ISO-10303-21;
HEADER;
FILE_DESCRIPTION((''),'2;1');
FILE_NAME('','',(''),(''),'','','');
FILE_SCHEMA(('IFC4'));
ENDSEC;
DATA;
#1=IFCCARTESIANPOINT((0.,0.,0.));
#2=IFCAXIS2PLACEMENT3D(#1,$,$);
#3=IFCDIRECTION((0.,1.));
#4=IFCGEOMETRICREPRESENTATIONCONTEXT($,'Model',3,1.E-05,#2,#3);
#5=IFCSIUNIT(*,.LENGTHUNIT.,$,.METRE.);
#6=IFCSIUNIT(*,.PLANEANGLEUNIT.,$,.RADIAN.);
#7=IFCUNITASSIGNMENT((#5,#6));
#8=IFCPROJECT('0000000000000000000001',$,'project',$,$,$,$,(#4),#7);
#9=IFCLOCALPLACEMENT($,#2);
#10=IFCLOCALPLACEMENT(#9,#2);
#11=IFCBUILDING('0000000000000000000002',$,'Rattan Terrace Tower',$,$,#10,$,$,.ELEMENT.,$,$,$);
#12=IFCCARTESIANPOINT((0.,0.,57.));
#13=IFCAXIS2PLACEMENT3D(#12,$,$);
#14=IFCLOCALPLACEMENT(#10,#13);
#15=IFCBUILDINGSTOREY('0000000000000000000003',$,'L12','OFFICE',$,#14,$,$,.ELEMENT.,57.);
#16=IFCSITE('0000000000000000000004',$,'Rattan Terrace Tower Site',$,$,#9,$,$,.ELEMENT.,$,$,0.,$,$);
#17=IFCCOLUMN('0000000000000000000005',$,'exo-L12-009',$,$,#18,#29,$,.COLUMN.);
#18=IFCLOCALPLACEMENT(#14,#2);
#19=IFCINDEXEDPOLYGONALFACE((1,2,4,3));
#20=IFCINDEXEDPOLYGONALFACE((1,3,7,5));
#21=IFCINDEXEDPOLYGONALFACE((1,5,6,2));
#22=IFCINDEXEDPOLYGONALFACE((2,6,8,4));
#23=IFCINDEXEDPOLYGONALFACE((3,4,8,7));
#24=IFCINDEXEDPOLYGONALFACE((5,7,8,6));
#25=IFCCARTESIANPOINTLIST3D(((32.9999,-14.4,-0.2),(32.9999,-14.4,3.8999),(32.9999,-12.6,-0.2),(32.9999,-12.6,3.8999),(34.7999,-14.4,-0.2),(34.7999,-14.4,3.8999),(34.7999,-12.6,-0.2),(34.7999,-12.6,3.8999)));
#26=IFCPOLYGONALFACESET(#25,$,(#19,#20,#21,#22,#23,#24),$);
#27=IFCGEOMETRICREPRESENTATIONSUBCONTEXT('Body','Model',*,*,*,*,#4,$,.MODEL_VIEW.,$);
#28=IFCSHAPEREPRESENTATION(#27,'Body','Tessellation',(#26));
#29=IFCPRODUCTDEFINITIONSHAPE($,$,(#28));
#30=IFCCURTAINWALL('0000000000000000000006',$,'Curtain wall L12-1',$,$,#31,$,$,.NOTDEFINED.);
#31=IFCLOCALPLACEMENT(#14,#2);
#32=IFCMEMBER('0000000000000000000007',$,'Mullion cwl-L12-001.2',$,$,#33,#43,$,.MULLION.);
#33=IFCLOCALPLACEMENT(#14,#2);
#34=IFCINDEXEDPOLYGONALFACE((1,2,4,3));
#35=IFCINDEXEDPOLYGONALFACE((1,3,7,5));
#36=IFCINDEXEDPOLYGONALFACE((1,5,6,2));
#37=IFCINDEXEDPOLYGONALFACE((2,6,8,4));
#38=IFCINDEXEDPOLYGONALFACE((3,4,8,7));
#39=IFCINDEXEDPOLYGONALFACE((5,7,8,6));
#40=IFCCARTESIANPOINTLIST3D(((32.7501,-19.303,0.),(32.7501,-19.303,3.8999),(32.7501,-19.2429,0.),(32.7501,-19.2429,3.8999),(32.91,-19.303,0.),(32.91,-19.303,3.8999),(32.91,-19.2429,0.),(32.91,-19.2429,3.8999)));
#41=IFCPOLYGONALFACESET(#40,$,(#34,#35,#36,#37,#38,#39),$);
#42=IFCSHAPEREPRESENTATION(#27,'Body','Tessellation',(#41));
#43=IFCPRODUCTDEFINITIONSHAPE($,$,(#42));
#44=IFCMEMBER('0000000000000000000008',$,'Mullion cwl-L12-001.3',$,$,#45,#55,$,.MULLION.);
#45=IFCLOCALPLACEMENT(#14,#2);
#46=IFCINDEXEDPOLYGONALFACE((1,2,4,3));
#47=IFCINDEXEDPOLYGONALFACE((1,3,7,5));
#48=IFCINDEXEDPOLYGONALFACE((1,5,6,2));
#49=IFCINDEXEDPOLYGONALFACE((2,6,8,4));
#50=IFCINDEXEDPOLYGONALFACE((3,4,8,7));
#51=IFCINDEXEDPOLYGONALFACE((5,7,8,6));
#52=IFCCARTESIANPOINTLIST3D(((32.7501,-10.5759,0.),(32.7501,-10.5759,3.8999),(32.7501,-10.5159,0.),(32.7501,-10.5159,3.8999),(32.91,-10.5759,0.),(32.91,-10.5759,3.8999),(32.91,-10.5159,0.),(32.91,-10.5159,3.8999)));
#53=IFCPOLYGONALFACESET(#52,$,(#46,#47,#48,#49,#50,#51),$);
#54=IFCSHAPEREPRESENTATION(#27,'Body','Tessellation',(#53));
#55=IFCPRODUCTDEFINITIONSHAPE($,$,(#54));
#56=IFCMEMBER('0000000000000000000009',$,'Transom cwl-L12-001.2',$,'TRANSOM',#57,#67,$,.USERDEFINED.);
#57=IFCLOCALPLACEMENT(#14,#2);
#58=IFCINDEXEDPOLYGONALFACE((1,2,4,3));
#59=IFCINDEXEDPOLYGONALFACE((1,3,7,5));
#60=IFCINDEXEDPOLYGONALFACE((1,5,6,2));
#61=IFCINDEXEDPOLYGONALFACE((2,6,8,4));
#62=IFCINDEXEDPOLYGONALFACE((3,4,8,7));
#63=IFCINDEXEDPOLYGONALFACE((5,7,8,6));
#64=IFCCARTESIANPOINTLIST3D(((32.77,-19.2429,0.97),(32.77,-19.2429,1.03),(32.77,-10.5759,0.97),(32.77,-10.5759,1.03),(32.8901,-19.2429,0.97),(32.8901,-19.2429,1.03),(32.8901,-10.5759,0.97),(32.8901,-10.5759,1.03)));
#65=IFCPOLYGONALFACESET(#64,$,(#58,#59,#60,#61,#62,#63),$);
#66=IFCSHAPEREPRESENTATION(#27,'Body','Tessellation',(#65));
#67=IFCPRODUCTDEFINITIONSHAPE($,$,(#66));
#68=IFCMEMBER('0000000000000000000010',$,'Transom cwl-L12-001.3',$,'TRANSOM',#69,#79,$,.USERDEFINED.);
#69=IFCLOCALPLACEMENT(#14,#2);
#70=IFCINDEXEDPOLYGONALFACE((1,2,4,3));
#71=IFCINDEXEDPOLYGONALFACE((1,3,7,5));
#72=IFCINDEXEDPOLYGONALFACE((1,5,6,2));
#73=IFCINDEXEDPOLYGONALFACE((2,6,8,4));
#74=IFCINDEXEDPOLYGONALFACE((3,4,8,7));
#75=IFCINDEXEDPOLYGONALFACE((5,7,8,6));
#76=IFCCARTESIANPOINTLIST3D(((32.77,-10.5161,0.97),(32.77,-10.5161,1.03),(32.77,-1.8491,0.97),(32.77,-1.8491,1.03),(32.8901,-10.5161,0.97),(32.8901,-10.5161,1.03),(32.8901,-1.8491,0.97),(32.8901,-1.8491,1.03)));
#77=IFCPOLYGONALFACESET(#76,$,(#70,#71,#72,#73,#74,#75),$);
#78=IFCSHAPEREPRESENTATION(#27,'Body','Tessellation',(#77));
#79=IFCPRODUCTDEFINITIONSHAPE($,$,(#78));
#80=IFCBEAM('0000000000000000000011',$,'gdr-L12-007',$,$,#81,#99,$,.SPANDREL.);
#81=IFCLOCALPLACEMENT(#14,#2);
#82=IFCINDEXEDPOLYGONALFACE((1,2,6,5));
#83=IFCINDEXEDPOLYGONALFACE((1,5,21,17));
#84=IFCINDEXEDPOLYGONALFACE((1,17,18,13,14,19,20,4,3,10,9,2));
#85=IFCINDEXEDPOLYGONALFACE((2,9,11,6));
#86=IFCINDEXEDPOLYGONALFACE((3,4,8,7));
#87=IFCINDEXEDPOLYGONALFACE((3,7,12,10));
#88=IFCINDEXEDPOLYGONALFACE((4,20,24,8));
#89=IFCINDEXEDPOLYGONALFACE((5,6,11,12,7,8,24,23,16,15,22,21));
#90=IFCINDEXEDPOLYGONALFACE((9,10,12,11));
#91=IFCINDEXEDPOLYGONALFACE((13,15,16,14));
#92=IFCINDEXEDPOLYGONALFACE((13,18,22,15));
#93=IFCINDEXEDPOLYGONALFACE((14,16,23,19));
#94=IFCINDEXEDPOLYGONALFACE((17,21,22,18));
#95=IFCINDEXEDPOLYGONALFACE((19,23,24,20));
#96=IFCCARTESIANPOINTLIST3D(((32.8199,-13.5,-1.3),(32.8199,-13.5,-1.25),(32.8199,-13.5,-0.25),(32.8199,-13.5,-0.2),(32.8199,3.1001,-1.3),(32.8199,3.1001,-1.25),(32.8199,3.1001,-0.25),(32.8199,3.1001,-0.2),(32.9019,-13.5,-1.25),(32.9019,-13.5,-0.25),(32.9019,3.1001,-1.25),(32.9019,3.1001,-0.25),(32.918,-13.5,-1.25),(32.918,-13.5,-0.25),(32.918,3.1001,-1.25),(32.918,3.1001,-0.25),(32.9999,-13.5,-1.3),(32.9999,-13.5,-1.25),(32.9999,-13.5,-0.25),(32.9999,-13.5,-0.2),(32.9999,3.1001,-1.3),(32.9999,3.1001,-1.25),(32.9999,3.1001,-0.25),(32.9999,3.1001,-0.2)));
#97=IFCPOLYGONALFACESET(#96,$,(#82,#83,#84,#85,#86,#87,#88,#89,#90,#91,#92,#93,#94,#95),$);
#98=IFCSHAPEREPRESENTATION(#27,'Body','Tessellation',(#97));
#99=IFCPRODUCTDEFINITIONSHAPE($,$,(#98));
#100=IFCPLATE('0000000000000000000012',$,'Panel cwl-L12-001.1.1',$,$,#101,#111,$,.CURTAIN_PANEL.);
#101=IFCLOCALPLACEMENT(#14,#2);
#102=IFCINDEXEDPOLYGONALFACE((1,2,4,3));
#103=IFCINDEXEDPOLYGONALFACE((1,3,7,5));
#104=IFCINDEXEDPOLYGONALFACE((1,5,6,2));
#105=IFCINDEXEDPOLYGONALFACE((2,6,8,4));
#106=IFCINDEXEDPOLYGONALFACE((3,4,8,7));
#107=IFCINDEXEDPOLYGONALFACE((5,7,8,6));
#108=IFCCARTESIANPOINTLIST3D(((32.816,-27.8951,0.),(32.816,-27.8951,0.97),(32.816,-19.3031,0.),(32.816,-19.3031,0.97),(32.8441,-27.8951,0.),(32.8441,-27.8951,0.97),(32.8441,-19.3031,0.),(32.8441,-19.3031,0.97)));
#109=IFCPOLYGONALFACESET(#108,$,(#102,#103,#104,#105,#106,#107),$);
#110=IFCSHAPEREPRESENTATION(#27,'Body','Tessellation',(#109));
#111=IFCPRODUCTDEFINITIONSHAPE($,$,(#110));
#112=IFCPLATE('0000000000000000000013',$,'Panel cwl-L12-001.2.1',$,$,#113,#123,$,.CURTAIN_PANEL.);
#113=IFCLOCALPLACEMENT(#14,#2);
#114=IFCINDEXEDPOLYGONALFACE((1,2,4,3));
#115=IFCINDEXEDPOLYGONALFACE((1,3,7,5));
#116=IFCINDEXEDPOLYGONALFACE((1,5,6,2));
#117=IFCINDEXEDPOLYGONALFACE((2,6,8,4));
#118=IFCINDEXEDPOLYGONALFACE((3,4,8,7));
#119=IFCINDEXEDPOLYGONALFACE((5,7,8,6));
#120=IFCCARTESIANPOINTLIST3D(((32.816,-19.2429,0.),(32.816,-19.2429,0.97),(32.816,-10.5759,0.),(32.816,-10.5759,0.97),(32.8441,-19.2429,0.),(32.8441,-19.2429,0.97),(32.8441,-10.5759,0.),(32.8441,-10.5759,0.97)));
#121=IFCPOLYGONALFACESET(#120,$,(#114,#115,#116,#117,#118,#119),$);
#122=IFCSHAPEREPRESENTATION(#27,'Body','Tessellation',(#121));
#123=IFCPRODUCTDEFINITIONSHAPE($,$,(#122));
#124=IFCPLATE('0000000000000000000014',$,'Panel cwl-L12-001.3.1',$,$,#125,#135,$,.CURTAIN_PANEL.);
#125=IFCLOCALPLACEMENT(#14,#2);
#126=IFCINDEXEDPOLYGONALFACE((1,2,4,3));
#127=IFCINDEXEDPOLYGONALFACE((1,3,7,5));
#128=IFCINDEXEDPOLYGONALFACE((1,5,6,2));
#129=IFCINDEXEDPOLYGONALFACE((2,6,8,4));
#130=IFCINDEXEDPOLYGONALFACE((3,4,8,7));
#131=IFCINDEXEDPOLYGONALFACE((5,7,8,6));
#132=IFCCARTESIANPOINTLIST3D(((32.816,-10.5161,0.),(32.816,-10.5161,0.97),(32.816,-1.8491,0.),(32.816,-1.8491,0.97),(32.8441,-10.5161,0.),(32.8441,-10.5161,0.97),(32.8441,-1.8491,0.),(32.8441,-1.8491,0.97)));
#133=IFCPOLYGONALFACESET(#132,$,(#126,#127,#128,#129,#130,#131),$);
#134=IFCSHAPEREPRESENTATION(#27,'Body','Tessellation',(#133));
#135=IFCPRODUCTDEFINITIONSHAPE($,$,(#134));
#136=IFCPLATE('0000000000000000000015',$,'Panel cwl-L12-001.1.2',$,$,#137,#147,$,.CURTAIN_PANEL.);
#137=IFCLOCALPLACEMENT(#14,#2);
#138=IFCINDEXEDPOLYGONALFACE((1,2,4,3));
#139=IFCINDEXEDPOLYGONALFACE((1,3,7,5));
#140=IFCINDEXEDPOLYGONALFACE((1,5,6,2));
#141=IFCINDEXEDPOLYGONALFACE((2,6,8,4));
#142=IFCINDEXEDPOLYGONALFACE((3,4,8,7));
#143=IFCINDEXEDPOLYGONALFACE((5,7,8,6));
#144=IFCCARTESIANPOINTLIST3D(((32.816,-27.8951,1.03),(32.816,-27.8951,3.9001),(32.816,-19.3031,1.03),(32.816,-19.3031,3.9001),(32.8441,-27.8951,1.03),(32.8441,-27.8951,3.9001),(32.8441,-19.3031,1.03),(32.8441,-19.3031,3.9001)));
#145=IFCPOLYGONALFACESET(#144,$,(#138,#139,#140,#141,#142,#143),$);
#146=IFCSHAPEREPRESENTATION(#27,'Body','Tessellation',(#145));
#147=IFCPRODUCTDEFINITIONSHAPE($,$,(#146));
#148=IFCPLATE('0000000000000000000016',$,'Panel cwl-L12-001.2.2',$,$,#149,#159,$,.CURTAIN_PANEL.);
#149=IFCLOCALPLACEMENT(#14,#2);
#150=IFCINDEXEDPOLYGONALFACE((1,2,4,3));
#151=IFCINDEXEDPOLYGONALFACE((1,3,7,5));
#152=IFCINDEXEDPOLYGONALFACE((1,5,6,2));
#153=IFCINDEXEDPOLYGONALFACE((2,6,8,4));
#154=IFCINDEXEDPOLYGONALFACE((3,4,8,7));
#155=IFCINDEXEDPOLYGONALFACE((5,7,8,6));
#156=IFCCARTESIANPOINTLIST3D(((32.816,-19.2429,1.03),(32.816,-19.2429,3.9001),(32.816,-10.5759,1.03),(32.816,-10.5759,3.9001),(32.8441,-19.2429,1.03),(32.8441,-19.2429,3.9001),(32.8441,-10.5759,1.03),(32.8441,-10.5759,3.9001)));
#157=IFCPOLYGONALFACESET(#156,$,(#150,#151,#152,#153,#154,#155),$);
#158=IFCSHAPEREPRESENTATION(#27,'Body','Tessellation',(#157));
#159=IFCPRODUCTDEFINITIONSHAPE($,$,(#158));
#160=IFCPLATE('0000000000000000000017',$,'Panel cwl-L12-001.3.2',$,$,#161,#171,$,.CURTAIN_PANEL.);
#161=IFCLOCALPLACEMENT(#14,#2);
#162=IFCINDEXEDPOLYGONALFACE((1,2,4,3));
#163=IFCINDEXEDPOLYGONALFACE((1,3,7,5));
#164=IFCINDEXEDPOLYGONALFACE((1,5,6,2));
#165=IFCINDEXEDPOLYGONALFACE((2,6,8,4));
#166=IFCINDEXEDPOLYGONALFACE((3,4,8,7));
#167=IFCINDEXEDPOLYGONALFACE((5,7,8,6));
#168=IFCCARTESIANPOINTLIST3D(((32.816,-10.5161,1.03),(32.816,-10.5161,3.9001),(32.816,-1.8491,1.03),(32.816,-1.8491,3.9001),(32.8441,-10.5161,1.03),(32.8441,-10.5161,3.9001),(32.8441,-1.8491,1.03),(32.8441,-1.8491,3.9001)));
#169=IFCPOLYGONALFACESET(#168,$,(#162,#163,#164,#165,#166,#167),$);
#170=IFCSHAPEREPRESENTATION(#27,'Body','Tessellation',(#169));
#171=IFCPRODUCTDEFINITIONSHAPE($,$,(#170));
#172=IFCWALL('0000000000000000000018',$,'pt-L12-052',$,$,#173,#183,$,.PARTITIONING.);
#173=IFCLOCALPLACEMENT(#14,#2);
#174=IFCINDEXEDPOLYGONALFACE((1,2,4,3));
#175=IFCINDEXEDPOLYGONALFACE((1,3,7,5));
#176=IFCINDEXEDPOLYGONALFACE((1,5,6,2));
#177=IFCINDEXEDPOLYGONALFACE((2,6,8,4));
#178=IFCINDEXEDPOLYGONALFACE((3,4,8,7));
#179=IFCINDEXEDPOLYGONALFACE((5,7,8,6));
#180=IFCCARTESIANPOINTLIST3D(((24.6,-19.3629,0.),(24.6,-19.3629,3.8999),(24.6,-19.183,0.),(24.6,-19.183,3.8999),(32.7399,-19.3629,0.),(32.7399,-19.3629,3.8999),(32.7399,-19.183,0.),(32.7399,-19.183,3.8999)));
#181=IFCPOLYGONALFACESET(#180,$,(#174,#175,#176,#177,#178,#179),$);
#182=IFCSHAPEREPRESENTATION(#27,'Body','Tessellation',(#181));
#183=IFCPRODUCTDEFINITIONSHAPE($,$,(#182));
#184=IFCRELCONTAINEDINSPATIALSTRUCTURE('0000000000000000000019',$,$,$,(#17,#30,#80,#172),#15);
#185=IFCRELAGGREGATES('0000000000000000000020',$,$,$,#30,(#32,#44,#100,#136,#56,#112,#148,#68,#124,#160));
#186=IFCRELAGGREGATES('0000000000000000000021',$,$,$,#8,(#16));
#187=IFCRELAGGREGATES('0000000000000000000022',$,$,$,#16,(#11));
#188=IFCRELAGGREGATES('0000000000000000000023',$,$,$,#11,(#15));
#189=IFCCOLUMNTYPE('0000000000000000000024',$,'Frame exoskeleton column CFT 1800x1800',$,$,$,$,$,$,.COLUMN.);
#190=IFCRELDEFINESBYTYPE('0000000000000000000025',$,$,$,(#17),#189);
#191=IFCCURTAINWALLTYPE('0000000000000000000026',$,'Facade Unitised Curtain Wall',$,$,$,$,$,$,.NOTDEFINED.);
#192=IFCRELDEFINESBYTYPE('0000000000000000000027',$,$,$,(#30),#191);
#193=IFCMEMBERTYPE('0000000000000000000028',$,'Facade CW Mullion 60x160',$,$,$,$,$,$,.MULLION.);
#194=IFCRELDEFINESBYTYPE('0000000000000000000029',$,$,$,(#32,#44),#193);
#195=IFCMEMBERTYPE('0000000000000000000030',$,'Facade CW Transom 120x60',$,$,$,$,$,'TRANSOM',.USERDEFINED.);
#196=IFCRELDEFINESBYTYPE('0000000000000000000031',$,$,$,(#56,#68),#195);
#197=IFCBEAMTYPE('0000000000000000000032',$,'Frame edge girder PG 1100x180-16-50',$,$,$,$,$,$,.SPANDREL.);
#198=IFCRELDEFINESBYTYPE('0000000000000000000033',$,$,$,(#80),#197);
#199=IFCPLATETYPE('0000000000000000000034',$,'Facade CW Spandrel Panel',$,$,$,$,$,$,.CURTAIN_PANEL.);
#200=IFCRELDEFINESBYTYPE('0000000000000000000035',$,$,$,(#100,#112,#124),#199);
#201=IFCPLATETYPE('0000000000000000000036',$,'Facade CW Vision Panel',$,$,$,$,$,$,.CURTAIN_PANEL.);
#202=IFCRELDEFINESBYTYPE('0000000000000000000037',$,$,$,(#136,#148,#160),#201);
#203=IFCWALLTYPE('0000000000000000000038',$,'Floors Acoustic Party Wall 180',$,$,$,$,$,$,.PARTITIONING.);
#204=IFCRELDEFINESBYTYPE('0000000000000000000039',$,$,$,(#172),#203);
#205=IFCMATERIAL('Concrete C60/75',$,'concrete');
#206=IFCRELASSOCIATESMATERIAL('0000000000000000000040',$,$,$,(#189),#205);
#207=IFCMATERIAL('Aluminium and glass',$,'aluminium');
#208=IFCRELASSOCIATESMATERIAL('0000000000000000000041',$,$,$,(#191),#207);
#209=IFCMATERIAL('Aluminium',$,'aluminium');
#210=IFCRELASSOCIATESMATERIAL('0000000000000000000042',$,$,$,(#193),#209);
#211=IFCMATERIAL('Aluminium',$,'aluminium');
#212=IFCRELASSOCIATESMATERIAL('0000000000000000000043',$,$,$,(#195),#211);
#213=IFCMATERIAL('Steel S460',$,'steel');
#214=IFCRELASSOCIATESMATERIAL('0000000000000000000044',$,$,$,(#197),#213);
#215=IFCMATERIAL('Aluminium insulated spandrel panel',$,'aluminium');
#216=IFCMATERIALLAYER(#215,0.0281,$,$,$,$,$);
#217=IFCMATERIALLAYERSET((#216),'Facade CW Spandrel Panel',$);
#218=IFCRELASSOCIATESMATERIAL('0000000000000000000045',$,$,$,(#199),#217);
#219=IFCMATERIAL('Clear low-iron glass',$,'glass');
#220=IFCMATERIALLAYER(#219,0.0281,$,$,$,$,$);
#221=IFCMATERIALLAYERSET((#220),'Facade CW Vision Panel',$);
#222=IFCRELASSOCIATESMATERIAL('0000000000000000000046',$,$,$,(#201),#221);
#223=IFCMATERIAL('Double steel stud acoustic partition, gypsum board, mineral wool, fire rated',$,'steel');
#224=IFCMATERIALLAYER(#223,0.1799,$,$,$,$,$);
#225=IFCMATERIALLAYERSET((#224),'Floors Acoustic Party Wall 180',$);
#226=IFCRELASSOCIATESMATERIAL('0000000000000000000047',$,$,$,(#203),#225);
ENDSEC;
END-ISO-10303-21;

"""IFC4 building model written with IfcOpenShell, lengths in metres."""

from ifc_helpers import new_model, si_unit, direction, frame, frame_2d, origin, origin_2d, place, context, subcontext, project, spatial, rectangle, i_section, extrude, material, layer, layer_set, material_profile, profile_set, type_object, element, aggregate, save


model = new_model("IFC4")

# Units and contexts
model_context = context("Model", 3, precision=1e-05, world=origin(), true_north=direction((0.0, 1.0)))
body_context = subcontext(model_context, "Body", "Model", "MODEL_VIEW")
ifc_project = project(units=[si_unit("LENGTHUNIT", "METRE"), si_unit("PLANEANGLEUNIT", "RADIAN")], contexts=[model_context])

# Site, building, storey
site_placement = place(None, origin())
site = spatial("IfcSite", under=ifc_project, at=site_placement, Name="Rattan Terrace Tower Site", CompositionType="ELEMENT", RefElevation=0.0)
building_placement = place(site_placement, origin())
building = spatial("IfcBuilding", under=site, at=building_placement, Name="Rattan Terrace Tower", CompositionType="ELEMENT")
storey_placement = place(building_placement, frame((0.0, 0.0, 57.0)))
storey = spatial("IfcBuildingStorey", under=building, at=storey_placement, Name="L12", Description="OFFICE", CompositionType="ELEMENT", Elevation=57.0)

# Column
ifc_material_1 = material(Name="Concrete C60/75", Category="concrete")
ifc_material_profile_1 = material_profile(ifc_material_1, rectangle(XDim=1.8, YDim=1.8, at=origin_2d()), Name="CFT 1800x1800")
ifc_profile_set_1 = profile_set([ifc_material_profile_1], Name="Concrete C60/75")
column_type = type_object("IfcColumnType", Name="Frame exoskeleton column CFT 1800x1800", PredefinedType="COLUMN", material=ifc_profile_set_1)
column_placement = place(storey_placement, frame((33.8999, -13.5, -0.2), z_axis=(0.0, 0.0, 1.0), x_axis=(0.0, 1.0, 0.0)))
element("IfcColumn", 1, at=column_placement, inside=storey, type_object=column_type, Name="exo-L12-009", PredefinedType="COLUMN", context=body_context, shape_type="SweptSolid", body=[
    extrude(rectangle(XDim=1.8, YDim=1.8, at=origin_2d()), origin(), (0.0, 0.0, 1.0), 4.0999),
])

# Curtain wall, members
ifc_material_2 = material(Name="Aluminium and glass", Category="aluminium")
curtain_wall_type = type_object("IfcCurtainWallType", Name="Facade Unitised Curtain Wall", PredefinedType="NOTDEFINED", material=ifc_material_2)
curtain_wall_placement = place(storey_placement, origin())
curtain_wall = element("IfcCurtainWall", 2, at=curtain_wall_placement, inside=storey, type_object=curtain_wall_type, Name="Curtain wall L12-1", PredefinedType="NOTDEFINED")
ifc_material_3 = material(Name="Aluminium", Category="aluminium")
ifc_material_profile_2 = material_profile(ifc_material_3, rectangle(XDim=0.0601, YDim=0.1599, at=origin_2d()), Name="Aluminium 60x160")
ifc_profile_set_2 = profile_set([ifc_material_profile_2], Name="Aluminium")
member_type_1 = type_object("IfcMemberType", Name="Facade CW Mullion 60x160", PredefinedType="MULLION", material=ifc_profile_set_2)
member_1_placement = place(storey_placement, frame((32.8301, -19.2729, 0.0), z_axis=(0.0, 0.0, 1.0), x_axis=(0.0, 1.0, 0.0)))
member_1 = element("IfcMember", 3, at=member_1_placement, type_object=member_type_1, Name="Mullion cwl-L12-001.2", PredefinedType="MULLION", context=body_context, shape_type="SweptSolid", body=[
    extrude(rectangle(XDim=0.0601, YDim=0.1599, at=origin_2d()), origin(), (0.0, 0.0, 1.0), 3.8999),
])
member_2_placement = place(storey_placement, frame((32.8301, -10.5459, 0.0), z_axis=(0.0, 0.0, 1.0), x_axis=(0.0, 1.0, 0.0)))
member_2 = element("IfcMember", 4, at=member_2_placement, type_object=member_type_1, Name="Mullion cwl-L12-001.3", PredefinedType="MULLION", context=body_context, shape_type="SweptSolid", body=[
    extrude(rectangle(XDim=0.0601, YDim=0.1599, at=origin_2d()), origin(), (0.0, 0.0, 1.0), 3.8999),
])
ifc_material_4 = material(Name="Aluminium", Category="aluminium")
ifc_material_profile_3 = material_profile(ifc_material_4, rectangle(XDim=0.1201, YDim=0.0601, at=origin_2d()), Name="Aluminium 120x60")
ifc_profile_set_3 = profile_set([ifc_material_profile_3], Name="Aluminium")
member_type_2 = type_object("IfcMemberType", Name="Facade CW Transom 120x60", ElementType="TRANSOM", PredefinedType="USERDEFINED", material=ifc_profile_set_3)
member_3_placement = place(storey_placement, frame((32.8301, -19.2429, 1.0), z_axis=(0.0, 1.0, 0.0), x_axis=(-1.0, 0.0, 0.0)))
member_3 = element("IfcMember", 5, at=member_3_placement, type_object=member_type_2, Name="Transom cwl-L12-001.2", ObjectType="TRANSOM", PredefinedType="USERDEFINED", context=body_context, shape_type="SweptSolid", body=[
    extrude(rectangle(XDim=0.1201, YDim=0.0601, at=origin_2d()), origin(), (0.0, 0.0, 1.0), 8.667),
])
member_4_placement = place(storey_placement, frame((32.8301, -10.5161, 1.0), z_axis=(0.0, 1.0, 0.0), x_axis=(-1.0, 0.0, 0.0)))
member_4 = element("IfcMember", 6, at=member_4_placement, type_object=member_type_2, Name="Transom cwl-L12-001.3", ObjectType="TRANSOM", PredefinedType="USERDEFINED", context=body_context, shape_type="SweptSolid", body=[
    extrude(rectangle(XDim=0.1201, YDim=0.0601, at=origin_2d()), origin(), (0.0, 0.0, 1.0), 8.667),
])

# Beam
ifc_material_5 = material(Name="Steel S460", Category="steel")
ifc_material_profile_4 = material_profile(ifc_material_5, i_section(OverallWidth=0.1799, OverallDepth=1.1001, WebThickness=0.0161, FlangeThickness=0.05, at=origin_2d()), Name="PG 1100x180-16-50")
ifc_profile_set_4 = profile_set([ifc_material_profile_4], Name="Steel S460")
beam_type = type_object("IfcBeamType", Name="Frame edge girder PG 1100x180-16-50", PredefinedType="SPANDREL", material=ifc_profile_set_4)
beam_placement = place(storey_placement, frame((32.9099, -13.5, -0.75), z_axis=(0.0, 1.0, 0.0), x_axis=(-1.0, 0.0, 0.0)))
element("IfcBeam", 7, at=beam_placement, inside=storey, type_object=beam_type, Name="gdr-L12-007", PredefinedType="SPANDREL", context=body_context, shape_type="SweptSolid", body=[
    extrude(i_section(OverallWidth=0.1799, OverallDepth=1.1001, WebThickness=0.0161, FlangeThickness=0.05, at=origin_2d()), origin(), (0.0, 0.0, 1.0), 16.6001),
])

# Plates
ifc_material_6 = material(Name="Aluminium insulated spandrel panel", Category="aluminium")
ifc_layer_1 = layer(ifc_material_6, 0.0281)
ifc_layer_set_1 = layer_set([ifc_layer_1], Name="Facade CW Spandrel Panel")
plate_type_1 = type_object("IfcPlateType", Name="Facade CW Spandrel Panel", PredefinedType="CURTAIN_PANEL", material=ifc_layer_set_1)
plate_1_placement = place(storey_placement, frame((32.8301, -23.5991, 0.0), z_axis=(0.0, 0.0, 1.0), x_axis=(0.0, 1.0, 0.0)))
plate_1 = element("IfcPlate", 8, at=plate_1_placement, type_object=plate_type_1, Name="Panel cwl-L12-001.1.1", PredefinedType="CURTAIN_PANEL", context=body_context, shape_type="SweptSolid", body=[
    extrude(rectangle(XDim=8.592, YDim=0.0281, at=origin_2d()), origin(), (0.0, 0.0, 1.0), 0.97),
])
plate_2_placement = place(storey_placement, frame((32.8301, -14.9094, 0.0), z_axis=(0.0, 0.0, 1.0), x_axis=(0.0, 1.0, 0.0)))
plate_2 = element("IfcPlate", 9, at=plate_2_placement, type_object=plate_type_1, Name="Panel cwl-L12-001.2.1", PredefinedType="CURTAIN_PANEL", context=body_context, shape_type="SweptSolid", body=[
    extrude(rectangle(XDim=8.667, YDim=0.0281, at=origin_2d()), origin(), (0.0, 0.0, 1.0), 0.97),
])
plate_3_placement = place(storey_placement, frame((32.8301, -6.1826, 0.0), z_axis=(0.0, 0.0, 1.0), x_axis=(0.0, 1.0, 0.0)))
plate_3 = element("IfcPlate", 10, at=plate_3_placement, type_object=plate_type_1, Name="Panel cwl-L12-001.3.1", PredefinedType="CURTAIN_PANEL", context=body_context, shape_type="SweptSolid", body=[
    extrude(rectangle(XDim=8.667, YDim=0.0281, at=origin_2d()), origin(), (0.0, 0.0, 1.0), 0.97),
])
ifc_material_7 = material(Name="Clear low-iron glass", Category="glass")
ifc_layer_2 = layer(ifc_material_7, 0.0281)
ifc_layer_set_2 = layer_set([ifc_layer_2], Name="Facade CW Vision Panel")
plate_type_2 = type_object("IfcPlateType", Name="Facade CW Vision Panel", PredefinedType="CURTAIN_PANEL", material=ifc_layer_set_2)
plate_4_placement = place(storey_placement, frame((32.8301, -23.5991, 1.03), z_axis=(0.0, 0.0, 1.0), x_axis=(0.0, 1.0, 0.0)))
plate_4 = element("IfcPlate", 11, at=plate_4_placement, type_object=plate_type_2, Name="Panel cwl-L12-001.1.2", PredefinedType="CURTAIN_PANEL", context=body_context, shape_type="SweptSolid", body=[
    extrude(rectangle(XDim=8.592, YDim=0.0281, at=origin_2d()), origin(), (0.0, 0.0, 1.0), 2.8701),
])
plate_5_placement = place(storey_placement, frame((32.8301, -14.9094, 1.03), z_axis=(0.0, 0.0, 1.0), x_axis=(0.0, 1.0, 0.0)))
plate_5 = element("IfcPlate", 12, at=plate_5_placement, type_object=plate_type_2, Name="Panel cwl-L12-001.2.2", PredefinedType="CURTAIN_PANEL", context=body_context, shape_type="SweptSolid", body=[
    extrude(rectangle(XDim=8.667, YDim=0.0281, at=origin_2d()), origin(), (0.0, 0.0, 1.0), 2.8701),
])
plate_6_placement = place(storey_placement, frame((32.8301, -6.1826, 1.03), z_axis=(0.0, 0.0, 1.0), x_axis=(0.0, 1.0, 0.0)))
plate_6 = element("IfcPlate", 13, at=plate_6_placement, type_object=plate_type_2, Name="Panel cwl-L12-001.3.2", PredefinedType="CURTAIN_PANEL", context=body_context, shape_type="SweptSolid", body=[
    extrude(rectangle(XDim=8.667, YDim=0.0281, at=origin_2d()), origin(), (0.0, 0.0, 1.0), 2.8701),
])
aggregate(curtain_wall, [member_1, member_2, plate_1, plate_4, member_3, plate_2, plate_5, member_4, plate_3, plate_6])

# Wall
ifc_material_8 = material(Name="Double steel stud acoustic partition, gypsum board, mineral wool, fire rated", Category="steel")
ifc_layer_3 = layer(ifc_material_8, 0.1799)
ifc_layer_set_3 = layer_set([ifc_layer_3], Name="Floors Acoustic Party Wall 180")
wall_type_1 = type_object("IfcWallType", Name="Floors Acoustic Party Wall 180", PredefinedType="PARTITIONING", material=ifc_layer_set_3)
wall_1_placement = place(storey_placement, frame((24.6001, -19.2729, 0.0), z_axis=(0.0, 0.0, 1.0), x_axis=(1.0, 0.0, 0.0)))
element("IfcWall", 14, at=wall_1_placement, inside=storey, type_object=wall_type_1, Name="pt-L12-052", PredefinedType="PARTITIONING", context=body_context, shape_type="SweptSolid", body=[
    extrude(rectangle(XDim=8.1399, YDim=0.1799, at=frame_2d((4.0698, 0.0))), origin(), (0.0, 0.0, 1.0), 3.8999),
])

save(model, "model.ifc")
